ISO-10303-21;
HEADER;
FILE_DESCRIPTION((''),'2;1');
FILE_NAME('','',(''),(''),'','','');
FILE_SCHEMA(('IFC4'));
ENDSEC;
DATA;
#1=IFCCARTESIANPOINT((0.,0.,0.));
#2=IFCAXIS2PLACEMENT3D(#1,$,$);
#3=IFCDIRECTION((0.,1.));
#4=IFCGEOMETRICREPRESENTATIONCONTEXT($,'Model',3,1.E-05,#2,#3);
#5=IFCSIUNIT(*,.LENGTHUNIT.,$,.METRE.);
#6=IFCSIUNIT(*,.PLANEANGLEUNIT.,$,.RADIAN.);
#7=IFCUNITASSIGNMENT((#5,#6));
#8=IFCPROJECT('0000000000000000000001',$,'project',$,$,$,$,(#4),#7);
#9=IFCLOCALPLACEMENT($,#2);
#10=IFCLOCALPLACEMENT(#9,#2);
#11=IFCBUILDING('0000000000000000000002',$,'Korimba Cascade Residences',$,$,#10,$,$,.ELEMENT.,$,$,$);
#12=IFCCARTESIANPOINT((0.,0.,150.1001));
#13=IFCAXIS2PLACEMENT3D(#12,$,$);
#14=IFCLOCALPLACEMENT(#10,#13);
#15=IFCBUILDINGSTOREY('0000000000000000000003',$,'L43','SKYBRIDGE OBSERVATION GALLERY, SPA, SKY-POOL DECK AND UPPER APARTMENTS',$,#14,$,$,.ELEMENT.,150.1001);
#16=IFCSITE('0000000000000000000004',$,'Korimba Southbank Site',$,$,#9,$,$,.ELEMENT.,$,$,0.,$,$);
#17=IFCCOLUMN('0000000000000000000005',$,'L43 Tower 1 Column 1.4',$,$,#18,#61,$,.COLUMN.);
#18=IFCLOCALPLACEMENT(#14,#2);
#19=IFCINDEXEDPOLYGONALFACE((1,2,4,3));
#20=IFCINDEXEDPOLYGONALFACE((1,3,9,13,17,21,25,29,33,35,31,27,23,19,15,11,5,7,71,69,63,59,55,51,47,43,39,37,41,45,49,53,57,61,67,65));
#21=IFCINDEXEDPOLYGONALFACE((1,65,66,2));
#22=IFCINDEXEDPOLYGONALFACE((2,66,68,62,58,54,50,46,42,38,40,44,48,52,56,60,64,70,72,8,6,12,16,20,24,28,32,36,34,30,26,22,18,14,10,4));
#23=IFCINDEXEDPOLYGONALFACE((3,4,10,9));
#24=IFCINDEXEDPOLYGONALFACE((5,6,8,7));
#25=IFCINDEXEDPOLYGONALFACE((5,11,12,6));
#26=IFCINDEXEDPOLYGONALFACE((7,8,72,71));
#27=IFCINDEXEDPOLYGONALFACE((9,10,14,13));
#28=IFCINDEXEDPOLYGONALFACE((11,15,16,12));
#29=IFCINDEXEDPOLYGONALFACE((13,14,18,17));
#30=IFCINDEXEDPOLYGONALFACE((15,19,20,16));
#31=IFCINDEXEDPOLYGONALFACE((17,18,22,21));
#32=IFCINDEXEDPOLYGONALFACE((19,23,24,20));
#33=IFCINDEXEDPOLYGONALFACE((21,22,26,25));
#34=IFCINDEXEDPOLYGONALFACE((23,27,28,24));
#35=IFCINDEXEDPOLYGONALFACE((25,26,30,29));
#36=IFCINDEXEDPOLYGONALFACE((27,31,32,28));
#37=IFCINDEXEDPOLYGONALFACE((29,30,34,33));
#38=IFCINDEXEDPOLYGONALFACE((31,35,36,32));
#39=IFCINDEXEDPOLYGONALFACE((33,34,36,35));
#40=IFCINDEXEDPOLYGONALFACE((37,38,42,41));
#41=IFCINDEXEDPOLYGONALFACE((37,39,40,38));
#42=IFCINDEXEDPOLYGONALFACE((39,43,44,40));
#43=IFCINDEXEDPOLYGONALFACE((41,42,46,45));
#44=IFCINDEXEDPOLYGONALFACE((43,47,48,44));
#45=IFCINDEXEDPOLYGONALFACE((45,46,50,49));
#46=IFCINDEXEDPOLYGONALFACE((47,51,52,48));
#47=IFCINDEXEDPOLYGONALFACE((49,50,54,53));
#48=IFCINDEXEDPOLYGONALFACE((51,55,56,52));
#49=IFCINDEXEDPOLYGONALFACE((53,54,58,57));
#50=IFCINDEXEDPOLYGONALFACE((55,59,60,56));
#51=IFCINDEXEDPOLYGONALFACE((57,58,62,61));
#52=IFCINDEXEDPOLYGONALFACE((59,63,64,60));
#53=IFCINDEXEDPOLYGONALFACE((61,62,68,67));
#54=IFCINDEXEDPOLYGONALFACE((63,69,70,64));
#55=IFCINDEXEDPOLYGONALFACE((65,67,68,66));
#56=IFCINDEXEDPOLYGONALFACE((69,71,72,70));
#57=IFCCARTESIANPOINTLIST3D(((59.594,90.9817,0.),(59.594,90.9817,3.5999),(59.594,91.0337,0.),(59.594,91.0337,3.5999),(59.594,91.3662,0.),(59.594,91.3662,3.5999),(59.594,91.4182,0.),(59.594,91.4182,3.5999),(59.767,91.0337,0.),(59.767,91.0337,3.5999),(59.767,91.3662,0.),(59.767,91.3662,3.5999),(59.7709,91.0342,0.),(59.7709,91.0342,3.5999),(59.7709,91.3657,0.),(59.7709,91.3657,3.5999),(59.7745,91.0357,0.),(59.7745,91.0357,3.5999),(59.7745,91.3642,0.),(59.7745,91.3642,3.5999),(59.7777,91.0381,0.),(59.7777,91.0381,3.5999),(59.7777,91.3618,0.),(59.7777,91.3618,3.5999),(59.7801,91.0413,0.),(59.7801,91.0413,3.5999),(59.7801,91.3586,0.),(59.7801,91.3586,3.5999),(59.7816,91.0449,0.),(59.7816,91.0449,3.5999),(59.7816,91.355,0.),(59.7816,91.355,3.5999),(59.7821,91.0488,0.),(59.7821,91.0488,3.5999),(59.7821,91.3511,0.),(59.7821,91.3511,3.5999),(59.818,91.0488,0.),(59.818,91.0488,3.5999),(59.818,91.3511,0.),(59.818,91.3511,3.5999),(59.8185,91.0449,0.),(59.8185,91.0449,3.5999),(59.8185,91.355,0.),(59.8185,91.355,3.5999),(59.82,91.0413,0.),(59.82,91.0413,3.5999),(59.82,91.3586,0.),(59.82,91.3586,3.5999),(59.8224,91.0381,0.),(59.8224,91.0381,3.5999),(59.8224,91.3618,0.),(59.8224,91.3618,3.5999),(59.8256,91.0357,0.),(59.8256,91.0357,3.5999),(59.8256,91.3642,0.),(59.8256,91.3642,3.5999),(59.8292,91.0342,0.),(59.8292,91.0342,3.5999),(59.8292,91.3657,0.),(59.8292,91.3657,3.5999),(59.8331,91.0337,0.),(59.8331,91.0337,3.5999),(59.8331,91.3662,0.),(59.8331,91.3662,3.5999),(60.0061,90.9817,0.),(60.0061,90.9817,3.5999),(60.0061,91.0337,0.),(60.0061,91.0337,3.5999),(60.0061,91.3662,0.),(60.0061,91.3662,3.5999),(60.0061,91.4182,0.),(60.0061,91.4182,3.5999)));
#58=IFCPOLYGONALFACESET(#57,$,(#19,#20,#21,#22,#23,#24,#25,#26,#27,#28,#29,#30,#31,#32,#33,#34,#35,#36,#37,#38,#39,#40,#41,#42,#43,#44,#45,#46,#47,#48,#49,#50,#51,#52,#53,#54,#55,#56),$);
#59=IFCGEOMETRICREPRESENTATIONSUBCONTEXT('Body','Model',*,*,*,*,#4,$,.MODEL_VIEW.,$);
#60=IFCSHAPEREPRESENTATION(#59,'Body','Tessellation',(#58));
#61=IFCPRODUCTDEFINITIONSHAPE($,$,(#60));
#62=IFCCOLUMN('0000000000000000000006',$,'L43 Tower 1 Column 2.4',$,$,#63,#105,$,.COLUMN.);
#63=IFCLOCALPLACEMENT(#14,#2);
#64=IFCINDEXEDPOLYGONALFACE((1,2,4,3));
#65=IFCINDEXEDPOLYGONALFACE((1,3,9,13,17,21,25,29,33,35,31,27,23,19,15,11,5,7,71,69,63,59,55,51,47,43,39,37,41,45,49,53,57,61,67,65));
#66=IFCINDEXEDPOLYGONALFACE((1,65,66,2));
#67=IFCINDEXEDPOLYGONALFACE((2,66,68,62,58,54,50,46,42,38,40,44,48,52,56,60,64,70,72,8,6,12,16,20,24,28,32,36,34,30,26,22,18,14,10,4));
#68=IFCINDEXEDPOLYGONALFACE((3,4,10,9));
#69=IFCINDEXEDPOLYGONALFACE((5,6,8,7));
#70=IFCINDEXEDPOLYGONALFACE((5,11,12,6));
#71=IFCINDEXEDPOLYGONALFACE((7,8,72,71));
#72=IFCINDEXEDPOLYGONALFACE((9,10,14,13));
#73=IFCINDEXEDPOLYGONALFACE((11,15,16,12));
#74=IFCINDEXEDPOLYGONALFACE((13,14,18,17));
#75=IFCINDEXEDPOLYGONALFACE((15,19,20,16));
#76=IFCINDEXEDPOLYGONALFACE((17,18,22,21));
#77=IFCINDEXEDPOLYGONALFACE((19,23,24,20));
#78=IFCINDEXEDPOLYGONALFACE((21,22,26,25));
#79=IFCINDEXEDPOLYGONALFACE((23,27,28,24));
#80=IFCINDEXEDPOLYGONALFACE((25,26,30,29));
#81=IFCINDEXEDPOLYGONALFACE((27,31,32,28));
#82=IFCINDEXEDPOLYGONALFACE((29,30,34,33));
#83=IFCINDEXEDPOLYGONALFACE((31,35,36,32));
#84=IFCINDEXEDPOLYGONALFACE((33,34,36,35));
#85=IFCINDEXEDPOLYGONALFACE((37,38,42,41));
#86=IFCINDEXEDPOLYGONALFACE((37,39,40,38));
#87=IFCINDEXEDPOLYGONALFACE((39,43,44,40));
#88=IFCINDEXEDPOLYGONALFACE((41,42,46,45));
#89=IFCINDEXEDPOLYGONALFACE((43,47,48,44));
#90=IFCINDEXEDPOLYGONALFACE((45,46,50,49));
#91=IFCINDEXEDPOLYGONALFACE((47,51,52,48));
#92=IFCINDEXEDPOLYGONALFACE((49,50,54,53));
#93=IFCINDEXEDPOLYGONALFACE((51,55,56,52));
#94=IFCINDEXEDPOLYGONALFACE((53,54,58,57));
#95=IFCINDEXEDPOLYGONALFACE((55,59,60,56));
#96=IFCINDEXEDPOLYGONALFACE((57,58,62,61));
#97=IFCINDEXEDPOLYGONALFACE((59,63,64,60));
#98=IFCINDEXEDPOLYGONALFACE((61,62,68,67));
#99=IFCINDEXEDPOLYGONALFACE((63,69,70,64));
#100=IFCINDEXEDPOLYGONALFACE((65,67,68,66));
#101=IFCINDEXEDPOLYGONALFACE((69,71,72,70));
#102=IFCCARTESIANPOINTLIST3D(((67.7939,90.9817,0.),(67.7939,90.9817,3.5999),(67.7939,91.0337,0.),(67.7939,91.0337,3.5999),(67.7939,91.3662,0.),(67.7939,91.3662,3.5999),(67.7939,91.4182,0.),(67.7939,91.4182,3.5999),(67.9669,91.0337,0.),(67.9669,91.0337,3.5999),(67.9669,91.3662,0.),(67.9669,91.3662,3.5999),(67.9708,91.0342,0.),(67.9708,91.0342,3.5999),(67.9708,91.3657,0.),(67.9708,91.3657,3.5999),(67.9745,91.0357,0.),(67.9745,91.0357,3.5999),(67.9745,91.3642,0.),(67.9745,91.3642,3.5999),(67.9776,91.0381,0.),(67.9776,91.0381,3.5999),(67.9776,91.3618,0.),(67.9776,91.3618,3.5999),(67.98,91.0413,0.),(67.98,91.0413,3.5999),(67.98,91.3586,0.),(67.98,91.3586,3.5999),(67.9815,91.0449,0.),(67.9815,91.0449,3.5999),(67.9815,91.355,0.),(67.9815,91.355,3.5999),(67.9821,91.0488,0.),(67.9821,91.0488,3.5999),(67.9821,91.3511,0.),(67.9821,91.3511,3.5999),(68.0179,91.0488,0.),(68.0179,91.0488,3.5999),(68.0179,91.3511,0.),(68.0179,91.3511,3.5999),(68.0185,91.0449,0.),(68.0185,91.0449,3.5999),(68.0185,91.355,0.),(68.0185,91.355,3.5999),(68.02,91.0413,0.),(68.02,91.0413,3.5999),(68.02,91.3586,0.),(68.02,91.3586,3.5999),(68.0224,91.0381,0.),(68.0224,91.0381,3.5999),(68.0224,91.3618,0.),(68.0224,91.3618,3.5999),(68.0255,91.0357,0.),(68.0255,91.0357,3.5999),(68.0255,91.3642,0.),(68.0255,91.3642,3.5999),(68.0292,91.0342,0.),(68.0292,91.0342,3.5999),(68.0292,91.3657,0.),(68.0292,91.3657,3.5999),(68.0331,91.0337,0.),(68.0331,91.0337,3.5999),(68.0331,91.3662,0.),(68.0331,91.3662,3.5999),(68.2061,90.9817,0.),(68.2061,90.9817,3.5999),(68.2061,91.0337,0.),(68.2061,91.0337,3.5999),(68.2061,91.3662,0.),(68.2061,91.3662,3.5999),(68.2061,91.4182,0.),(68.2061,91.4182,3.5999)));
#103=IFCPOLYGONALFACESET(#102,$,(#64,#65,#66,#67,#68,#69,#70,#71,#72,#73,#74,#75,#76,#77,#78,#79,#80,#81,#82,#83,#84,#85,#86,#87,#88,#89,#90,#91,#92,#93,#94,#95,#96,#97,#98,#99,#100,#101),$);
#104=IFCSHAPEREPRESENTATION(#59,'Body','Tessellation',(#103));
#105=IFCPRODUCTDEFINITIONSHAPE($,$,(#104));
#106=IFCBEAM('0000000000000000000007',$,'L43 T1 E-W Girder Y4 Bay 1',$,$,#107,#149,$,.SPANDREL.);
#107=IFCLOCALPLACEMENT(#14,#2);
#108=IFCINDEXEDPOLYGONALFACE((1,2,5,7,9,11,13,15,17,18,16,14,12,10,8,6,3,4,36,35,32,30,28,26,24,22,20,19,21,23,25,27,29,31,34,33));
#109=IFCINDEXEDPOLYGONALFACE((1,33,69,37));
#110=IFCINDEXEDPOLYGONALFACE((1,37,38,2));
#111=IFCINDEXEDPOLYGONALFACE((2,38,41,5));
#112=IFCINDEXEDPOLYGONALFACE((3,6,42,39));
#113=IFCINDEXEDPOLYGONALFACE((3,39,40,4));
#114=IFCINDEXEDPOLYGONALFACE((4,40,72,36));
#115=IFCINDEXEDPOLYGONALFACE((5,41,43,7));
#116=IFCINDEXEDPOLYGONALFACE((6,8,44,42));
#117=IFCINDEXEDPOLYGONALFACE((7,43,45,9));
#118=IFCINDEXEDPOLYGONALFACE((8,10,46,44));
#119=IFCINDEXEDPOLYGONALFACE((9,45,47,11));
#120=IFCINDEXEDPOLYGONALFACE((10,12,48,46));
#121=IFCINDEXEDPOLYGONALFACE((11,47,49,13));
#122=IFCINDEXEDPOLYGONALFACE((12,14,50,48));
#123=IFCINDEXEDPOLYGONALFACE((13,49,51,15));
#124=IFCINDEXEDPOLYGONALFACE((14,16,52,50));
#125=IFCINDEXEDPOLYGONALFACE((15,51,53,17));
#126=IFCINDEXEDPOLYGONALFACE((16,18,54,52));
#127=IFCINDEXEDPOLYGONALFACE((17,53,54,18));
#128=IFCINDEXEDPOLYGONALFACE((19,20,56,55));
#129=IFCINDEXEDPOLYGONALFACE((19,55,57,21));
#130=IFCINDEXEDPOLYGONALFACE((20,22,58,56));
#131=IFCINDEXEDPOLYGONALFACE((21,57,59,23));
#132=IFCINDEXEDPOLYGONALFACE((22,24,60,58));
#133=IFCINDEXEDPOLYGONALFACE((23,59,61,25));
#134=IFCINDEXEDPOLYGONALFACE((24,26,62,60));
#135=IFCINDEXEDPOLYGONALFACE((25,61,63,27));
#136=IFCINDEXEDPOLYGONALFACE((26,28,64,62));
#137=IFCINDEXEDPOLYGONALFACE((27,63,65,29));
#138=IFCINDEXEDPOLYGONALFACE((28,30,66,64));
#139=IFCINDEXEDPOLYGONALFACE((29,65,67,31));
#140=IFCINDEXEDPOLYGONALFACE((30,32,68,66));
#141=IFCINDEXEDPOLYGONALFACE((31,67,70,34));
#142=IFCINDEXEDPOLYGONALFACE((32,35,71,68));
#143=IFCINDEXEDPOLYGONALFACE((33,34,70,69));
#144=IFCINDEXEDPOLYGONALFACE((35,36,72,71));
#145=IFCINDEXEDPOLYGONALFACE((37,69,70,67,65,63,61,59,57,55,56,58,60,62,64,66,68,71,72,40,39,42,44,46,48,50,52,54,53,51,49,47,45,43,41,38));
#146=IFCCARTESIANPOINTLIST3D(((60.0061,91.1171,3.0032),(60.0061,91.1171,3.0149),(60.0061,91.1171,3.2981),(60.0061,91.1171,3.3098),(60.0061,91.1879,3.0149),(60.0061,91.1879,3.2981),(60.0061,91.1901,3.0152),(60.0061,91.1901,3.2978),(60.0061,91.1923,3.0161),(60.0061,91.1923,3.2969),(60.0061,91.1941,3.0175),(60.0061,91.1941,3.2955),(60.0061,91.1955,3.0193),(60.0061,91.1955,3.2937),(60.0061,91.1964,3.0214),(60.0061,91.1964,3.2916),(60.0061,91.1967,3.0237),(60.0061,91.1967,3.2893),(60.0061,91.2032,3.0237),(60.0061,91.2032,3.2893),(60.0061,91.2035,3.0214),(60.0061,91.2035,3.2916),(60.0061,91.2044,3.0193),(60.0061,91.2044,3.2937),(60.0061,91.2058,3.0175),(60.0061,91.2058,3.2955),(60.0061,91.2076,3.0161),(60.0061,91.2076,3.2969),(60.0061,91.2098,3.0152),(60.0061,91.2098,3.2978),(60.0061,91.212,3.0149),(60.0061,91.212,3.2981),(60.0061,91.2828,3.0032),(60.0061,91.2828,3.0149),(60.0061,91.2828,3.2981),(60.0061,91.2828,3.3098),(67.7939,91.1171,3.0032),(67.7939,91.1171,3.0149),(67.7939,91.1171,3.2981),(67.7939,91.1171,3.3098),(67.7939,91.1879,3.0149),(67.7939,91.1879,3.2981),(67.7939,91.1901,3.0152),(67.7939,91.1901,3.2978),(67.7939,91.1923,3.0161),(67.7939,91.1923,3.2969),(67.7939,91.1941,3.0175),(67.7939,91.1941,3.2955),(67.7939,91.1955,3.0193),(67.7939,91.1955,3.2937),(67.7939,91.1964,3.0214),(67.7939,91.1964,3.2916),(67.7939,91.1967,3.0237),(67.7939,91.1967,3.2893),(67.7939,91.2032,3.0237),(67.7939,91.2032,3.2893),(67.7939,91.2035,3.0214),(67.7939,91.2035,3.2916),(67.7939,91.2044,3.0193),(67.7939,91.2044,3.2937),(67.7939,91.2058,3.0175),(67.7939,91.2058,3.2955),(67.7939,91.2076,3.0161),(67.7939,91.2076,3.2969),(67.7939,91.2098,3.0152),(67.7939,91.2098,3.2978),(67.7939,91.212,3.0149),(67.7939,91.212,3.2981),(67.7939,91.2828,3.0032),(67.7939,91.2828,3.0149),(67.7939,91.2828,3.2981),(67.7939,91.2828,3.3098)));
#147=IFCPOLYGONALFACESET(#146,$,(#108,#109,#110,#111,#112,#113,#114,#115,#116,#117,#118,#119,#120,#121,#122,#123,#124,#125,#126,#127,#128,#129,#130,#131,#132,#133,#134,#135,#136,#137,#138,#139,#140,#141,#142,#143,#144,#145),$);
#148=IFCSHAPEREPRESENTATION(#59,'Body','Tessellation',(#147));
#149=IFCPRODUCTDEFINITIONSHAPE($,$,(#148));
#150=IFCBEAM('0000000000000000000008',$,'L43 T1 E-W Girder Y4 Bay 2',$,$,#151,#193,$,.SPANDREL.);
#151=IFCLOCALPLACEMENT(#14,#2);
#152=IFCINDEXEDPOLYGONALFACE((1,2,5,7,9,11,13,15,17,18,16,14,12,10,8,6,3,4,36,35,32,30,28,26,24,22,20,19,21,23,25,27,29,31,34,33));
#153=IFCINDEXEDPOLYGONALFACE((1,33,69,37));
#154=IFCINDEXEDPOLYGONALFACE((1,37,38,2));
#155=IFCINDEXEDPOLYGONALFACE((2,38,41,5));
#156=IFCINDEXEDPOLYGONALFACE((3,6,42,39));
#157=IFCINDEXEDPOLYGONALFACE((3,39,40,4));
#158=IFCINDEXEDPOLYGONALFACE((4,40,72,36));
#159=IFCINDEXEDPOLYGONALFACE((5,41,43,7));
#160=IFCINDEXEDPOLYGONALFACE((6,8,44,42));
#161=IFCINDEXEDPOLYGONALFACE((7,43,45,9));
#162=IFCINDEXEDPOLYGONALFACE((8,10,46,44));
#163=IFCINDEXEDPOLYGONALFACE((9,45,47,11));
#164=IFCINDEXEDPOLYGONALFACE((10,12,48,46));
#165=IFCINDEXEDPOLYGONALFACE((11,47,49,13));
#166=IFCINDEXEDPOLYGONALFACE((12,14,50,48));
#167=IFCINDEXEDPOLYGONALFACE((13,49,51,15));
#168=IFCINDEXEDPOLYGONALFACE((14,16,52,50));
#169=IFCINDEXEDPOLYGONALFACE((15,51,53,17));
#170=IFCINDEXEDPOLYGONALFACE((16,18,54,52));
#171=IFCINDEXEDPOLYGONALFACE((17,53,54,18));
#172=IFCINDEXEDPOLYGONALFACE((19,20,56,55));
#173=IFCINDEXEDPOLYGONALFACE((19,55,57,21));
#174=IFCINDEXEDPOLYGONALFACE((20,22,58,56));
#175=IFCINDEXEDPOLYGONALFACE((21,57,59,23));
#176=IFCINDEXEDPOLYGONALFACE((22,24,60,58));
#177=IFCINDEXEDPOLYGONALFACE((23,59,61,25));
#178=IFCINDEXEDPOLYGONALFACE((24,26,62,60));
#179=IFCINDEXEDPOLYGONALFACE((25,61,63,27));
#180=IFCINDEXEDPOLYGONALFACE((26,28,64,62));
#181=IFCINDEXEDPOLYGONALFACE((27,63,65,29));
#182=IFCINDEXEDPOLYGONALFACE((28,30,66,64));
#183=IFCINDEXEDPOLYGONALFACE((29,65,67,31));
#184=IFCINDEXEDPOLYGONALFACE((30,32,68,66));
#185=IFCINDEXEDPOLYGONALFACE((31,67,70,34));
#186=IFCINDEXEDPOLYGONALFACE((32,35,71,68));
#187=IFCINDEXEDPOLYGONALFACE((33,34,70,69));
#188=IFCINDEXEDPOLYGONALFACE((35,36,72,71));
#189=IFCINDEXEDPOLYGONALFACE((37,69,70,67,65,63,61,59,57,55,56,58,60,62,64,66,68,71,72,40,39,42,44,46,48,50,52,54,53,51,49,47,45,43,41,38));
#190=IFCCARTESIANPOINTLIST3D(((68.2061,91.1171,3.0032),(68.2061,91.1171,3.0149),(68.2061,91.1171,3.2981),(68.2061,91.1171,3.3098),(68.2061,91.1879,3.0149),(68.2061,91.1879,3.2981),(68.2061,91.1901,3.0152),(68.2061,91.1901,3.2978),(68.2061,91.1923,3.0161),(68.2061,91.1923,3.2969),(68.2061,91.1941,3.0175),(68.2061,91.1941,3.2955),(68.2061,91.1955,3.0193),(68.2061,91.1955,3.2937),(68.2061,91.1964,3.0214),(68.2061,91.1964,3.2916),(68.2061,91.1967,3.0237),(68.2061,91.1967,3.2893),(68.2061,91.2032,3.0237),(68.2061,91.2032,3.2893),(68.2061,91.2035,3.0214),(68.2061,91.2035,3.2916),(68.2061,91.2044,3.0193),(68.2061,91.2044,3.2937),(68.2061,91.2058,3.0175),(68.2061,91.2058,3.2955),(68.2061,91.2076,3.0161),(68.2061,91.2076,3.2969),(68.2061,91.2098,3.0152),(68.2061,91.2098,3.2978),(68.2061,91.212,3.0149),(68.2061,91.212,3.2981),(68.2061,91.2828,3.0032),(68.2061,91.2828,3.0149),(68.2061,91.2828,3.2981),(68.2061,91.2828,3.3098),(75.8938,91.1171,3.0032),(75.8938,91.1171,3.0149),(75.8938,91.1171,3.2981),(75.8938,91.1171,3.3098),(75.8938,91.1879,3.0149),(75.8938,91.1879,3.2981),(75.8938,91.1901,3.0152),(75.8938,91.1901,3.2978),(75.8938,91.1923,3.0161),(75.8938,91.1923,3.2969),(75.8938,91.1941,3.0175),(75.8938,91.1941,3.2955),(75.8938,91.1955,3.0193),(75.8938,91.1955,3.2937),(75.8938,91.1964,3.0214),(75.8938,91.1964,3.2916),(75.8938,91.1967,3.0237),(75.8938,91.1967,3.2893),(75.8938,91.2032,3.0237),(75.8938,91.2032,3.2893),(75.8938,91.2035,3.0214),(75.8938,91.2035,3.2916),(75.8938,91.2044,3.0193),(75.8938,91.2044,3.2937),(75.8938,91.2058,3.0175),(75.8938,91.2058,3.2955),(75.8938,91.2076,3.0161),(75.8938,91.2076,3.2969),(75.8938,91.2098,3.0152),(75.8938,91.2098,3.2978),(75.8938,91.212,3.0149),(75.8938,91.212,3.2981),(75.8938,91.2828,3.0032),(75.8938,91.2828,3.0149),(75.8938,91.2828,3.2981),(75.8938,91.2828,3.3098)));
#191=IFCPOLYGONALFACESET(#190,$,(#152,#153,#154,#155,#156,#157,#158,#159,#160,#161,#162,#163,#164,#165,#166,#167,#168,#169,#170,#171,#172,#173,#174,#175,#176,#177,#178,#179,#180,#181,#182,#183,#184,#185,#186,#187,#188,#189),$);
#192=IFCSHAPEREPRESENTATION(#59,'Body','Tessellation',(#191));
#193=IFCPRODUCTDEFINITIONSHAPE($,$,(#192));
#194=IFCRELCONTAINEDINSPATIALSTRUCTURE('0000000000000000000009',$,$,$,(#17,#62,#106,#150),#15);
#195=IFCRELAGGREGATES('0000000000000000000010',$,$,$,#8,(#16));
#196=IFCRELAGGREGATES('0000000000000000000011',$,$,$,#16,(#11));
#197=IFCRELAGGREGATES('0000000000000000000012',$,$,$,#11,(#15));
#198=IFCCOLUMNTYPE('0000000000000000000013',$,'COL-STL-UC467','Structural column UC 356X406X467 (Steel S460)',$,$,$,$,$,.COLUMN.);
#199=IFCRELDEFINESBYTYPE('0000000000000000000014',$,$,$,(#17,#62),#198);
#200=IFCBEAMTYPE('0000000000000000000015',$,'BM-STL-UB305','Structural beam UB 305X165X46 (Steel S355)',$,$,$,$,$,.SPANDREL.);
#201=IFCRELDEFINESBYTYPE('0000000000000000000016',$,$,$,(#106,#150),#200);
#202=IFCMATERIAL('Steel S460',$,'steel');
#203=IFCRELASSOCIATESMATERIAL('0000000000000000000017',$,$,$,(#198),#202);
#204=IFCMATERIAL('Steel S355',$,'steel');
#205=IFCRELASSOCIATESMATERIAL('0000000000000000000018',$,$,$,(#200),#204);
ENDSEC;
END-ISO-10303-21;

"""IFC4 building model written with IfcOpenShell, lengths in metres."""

from ifc_helpers import new_model, si_unit, direction, frame, origin, origin_2d, place, context, subcontext, project, spatial, i_section, extrude, material, material_profile, profile_set, type_object, element, save


model = new_model("IFC4")

# Units and contexts
model_context = context("Model", 3, precision=1e-05, world=origin(), true_north=direction((0.0, 1.0)))
body_context = subcontext(model_context, "Body", "Model", "MODEL_VIEW")
ifc_project = project(units=[si_unit("LENGTHUNIT", "METRE"), si_unit("PLANEANGLEUNIT", "RADIAN")], contexts=[model_context])

# Site, building, storey
site_placement = place(None, origin())
site = spatial("IfcSite", under=ifc_project, at=site_placement, Name="Korimba Southbank Site", CompositionType="ELEMENT", RefElevation=0.0)
building_placement = place(site_placement, origin())
building = spatial("IfcBuilding", under=site, at=building_placement, Name="Korimba Cascade Residences", CompositionType="ELEMENT")
storey_placement = place(building_placement, frame((0.0, 0.0, 150.1001)))
storey = spatial("IfcBuildingStorey", under=building, at=storey_placement, Name="L43", Description="SKYBRIDGE OBSERVATION GALLERY, SPA, SKY-POOL DECK AND UPPER APARTMENTS", CompositionType="ELEMENT", Elevation=150.1001)

# Columns
ifc_material_1 = material(Name="Steel S460", Category="steel")
ifc_material_profile_1 = material_profile(ifc_material_1, i_section(OverallWidth=0.4121, OverallDepth=0.4365, WebThickness=0.0359, FlangeThickness=0.052, FilletRadius=0.0151, at=origin_2d()), Name="Steel S460")
ifc_profile_set_1 = profile_set([ifc_material_profile_1], Name="Steel S460")
column_type = type_object("IfcColumnType", Name="COL-STL-UC467", Description="Structural column UC 356X406X467 (Steel S460)", PredefinedType="COLUMN", material=ifc_profile_set_1)
for number, where, z_axis, x_axis, name in (
    (1, (59.8, 91.2, 0.0), (0.0, 0.0, 1.0), (1.0, 0.0, 0.0), "L43 Tower 1 Column 1.4"),
    (2, (68.0, 91.2, 0.0), (0.0, 0.0, 1.0), (1.0, 0.0, 0.0), "L43 Tower 1 Column 2.4"),
):
    element("IfcColumn", number, at=place(storey_placement, frame(where, z_axis=z_axis, x_axis=x_axis)), inside=storey, type_object=column_type, Name=name, PredefinedType="COLUMN", context=body_context, shape_type="SweptSolid", body=[
        extrude(i_section(OverallWidth=0.4121, OverallDepth=0.4365, WebThickness=0.0359, FlangeThickness=0.052, FilletRadius=0.0151, at=origin_2d()), origin(), (0.0, 0.0, 1.0), 3.5999),
    ])

# Beams
ifc_material_2 = material(Name="Steel S355", Category="steel")
ifc_material_profile_2 = material_profile(ifc_material_2, i_section(OverallWidth=0.1658, OverallDepth=0.3066, WebThickness=0.0066, FlangeThickness=0.0117, FilletRadius=0.0088, at=origin_2d()), Name="Steel S355")
ifc_profile_set_2 = profile_set([ifc_material_profile_2], Name="Steel S355")
beam_type_1 = type_object("IfcBeamType", Name="BM-STL-UB305", Description="Structural beam UB 305X165X46 (Steel S355)", PredefinedType="SPANDREL", material=ifc_profile_set_2)
beam_1_placement = place(storey_placement, frame((60.0061, 91.2, 3.1565), z_axis=(1.0, 0.0, 0.0), x_axis=(0.0, 1.0, 0.0)))
element("IfcBeam", 3, at=beam_1_placement, inside=storey, type_object=beam_type_1, Name="L43 T1 E-W Girder Y4 Bay 1", PredefinedType="SPANDREL", context=body_context, shape_type="SweptSolid", body=[
    extrude(i_section(OverallWidth=0.1658, OverallDepth=0.3066, WebThickness=0.0066, FlangeThickness=0.0117, FilletRadius=0.0088, at=origin_2d()), origin(), (0.0, 0.0, 1.0), 7.7878),
])
beam_2_placement = place(storey_placement, frame((68.2061, 91.2, 3.1565), z_axis=(1.0, 0.0, 0.0), x_axis=(0.0, 1.0, 0.0)))
element("IfcBeam", 4, at=beam_2_placement, inside=storey, type_object=beam_type_1, Name="L43 T1 E-W Girder Y4 Bay 2", PredefinedType="SPANDREL", context=body_context, shape_type="SweptSolid", body=[
    extrude(i_section(OverallWidth=0.1658, OverallDepth=0.3066, WebThickness=0.0066, FlangeThickness=0.0117, FilletRadius=0.0088, at=origin_2d()), origin(), (0.0, 0.0, 1.0), 7.6877),
])

save(model, "model.ifc")
